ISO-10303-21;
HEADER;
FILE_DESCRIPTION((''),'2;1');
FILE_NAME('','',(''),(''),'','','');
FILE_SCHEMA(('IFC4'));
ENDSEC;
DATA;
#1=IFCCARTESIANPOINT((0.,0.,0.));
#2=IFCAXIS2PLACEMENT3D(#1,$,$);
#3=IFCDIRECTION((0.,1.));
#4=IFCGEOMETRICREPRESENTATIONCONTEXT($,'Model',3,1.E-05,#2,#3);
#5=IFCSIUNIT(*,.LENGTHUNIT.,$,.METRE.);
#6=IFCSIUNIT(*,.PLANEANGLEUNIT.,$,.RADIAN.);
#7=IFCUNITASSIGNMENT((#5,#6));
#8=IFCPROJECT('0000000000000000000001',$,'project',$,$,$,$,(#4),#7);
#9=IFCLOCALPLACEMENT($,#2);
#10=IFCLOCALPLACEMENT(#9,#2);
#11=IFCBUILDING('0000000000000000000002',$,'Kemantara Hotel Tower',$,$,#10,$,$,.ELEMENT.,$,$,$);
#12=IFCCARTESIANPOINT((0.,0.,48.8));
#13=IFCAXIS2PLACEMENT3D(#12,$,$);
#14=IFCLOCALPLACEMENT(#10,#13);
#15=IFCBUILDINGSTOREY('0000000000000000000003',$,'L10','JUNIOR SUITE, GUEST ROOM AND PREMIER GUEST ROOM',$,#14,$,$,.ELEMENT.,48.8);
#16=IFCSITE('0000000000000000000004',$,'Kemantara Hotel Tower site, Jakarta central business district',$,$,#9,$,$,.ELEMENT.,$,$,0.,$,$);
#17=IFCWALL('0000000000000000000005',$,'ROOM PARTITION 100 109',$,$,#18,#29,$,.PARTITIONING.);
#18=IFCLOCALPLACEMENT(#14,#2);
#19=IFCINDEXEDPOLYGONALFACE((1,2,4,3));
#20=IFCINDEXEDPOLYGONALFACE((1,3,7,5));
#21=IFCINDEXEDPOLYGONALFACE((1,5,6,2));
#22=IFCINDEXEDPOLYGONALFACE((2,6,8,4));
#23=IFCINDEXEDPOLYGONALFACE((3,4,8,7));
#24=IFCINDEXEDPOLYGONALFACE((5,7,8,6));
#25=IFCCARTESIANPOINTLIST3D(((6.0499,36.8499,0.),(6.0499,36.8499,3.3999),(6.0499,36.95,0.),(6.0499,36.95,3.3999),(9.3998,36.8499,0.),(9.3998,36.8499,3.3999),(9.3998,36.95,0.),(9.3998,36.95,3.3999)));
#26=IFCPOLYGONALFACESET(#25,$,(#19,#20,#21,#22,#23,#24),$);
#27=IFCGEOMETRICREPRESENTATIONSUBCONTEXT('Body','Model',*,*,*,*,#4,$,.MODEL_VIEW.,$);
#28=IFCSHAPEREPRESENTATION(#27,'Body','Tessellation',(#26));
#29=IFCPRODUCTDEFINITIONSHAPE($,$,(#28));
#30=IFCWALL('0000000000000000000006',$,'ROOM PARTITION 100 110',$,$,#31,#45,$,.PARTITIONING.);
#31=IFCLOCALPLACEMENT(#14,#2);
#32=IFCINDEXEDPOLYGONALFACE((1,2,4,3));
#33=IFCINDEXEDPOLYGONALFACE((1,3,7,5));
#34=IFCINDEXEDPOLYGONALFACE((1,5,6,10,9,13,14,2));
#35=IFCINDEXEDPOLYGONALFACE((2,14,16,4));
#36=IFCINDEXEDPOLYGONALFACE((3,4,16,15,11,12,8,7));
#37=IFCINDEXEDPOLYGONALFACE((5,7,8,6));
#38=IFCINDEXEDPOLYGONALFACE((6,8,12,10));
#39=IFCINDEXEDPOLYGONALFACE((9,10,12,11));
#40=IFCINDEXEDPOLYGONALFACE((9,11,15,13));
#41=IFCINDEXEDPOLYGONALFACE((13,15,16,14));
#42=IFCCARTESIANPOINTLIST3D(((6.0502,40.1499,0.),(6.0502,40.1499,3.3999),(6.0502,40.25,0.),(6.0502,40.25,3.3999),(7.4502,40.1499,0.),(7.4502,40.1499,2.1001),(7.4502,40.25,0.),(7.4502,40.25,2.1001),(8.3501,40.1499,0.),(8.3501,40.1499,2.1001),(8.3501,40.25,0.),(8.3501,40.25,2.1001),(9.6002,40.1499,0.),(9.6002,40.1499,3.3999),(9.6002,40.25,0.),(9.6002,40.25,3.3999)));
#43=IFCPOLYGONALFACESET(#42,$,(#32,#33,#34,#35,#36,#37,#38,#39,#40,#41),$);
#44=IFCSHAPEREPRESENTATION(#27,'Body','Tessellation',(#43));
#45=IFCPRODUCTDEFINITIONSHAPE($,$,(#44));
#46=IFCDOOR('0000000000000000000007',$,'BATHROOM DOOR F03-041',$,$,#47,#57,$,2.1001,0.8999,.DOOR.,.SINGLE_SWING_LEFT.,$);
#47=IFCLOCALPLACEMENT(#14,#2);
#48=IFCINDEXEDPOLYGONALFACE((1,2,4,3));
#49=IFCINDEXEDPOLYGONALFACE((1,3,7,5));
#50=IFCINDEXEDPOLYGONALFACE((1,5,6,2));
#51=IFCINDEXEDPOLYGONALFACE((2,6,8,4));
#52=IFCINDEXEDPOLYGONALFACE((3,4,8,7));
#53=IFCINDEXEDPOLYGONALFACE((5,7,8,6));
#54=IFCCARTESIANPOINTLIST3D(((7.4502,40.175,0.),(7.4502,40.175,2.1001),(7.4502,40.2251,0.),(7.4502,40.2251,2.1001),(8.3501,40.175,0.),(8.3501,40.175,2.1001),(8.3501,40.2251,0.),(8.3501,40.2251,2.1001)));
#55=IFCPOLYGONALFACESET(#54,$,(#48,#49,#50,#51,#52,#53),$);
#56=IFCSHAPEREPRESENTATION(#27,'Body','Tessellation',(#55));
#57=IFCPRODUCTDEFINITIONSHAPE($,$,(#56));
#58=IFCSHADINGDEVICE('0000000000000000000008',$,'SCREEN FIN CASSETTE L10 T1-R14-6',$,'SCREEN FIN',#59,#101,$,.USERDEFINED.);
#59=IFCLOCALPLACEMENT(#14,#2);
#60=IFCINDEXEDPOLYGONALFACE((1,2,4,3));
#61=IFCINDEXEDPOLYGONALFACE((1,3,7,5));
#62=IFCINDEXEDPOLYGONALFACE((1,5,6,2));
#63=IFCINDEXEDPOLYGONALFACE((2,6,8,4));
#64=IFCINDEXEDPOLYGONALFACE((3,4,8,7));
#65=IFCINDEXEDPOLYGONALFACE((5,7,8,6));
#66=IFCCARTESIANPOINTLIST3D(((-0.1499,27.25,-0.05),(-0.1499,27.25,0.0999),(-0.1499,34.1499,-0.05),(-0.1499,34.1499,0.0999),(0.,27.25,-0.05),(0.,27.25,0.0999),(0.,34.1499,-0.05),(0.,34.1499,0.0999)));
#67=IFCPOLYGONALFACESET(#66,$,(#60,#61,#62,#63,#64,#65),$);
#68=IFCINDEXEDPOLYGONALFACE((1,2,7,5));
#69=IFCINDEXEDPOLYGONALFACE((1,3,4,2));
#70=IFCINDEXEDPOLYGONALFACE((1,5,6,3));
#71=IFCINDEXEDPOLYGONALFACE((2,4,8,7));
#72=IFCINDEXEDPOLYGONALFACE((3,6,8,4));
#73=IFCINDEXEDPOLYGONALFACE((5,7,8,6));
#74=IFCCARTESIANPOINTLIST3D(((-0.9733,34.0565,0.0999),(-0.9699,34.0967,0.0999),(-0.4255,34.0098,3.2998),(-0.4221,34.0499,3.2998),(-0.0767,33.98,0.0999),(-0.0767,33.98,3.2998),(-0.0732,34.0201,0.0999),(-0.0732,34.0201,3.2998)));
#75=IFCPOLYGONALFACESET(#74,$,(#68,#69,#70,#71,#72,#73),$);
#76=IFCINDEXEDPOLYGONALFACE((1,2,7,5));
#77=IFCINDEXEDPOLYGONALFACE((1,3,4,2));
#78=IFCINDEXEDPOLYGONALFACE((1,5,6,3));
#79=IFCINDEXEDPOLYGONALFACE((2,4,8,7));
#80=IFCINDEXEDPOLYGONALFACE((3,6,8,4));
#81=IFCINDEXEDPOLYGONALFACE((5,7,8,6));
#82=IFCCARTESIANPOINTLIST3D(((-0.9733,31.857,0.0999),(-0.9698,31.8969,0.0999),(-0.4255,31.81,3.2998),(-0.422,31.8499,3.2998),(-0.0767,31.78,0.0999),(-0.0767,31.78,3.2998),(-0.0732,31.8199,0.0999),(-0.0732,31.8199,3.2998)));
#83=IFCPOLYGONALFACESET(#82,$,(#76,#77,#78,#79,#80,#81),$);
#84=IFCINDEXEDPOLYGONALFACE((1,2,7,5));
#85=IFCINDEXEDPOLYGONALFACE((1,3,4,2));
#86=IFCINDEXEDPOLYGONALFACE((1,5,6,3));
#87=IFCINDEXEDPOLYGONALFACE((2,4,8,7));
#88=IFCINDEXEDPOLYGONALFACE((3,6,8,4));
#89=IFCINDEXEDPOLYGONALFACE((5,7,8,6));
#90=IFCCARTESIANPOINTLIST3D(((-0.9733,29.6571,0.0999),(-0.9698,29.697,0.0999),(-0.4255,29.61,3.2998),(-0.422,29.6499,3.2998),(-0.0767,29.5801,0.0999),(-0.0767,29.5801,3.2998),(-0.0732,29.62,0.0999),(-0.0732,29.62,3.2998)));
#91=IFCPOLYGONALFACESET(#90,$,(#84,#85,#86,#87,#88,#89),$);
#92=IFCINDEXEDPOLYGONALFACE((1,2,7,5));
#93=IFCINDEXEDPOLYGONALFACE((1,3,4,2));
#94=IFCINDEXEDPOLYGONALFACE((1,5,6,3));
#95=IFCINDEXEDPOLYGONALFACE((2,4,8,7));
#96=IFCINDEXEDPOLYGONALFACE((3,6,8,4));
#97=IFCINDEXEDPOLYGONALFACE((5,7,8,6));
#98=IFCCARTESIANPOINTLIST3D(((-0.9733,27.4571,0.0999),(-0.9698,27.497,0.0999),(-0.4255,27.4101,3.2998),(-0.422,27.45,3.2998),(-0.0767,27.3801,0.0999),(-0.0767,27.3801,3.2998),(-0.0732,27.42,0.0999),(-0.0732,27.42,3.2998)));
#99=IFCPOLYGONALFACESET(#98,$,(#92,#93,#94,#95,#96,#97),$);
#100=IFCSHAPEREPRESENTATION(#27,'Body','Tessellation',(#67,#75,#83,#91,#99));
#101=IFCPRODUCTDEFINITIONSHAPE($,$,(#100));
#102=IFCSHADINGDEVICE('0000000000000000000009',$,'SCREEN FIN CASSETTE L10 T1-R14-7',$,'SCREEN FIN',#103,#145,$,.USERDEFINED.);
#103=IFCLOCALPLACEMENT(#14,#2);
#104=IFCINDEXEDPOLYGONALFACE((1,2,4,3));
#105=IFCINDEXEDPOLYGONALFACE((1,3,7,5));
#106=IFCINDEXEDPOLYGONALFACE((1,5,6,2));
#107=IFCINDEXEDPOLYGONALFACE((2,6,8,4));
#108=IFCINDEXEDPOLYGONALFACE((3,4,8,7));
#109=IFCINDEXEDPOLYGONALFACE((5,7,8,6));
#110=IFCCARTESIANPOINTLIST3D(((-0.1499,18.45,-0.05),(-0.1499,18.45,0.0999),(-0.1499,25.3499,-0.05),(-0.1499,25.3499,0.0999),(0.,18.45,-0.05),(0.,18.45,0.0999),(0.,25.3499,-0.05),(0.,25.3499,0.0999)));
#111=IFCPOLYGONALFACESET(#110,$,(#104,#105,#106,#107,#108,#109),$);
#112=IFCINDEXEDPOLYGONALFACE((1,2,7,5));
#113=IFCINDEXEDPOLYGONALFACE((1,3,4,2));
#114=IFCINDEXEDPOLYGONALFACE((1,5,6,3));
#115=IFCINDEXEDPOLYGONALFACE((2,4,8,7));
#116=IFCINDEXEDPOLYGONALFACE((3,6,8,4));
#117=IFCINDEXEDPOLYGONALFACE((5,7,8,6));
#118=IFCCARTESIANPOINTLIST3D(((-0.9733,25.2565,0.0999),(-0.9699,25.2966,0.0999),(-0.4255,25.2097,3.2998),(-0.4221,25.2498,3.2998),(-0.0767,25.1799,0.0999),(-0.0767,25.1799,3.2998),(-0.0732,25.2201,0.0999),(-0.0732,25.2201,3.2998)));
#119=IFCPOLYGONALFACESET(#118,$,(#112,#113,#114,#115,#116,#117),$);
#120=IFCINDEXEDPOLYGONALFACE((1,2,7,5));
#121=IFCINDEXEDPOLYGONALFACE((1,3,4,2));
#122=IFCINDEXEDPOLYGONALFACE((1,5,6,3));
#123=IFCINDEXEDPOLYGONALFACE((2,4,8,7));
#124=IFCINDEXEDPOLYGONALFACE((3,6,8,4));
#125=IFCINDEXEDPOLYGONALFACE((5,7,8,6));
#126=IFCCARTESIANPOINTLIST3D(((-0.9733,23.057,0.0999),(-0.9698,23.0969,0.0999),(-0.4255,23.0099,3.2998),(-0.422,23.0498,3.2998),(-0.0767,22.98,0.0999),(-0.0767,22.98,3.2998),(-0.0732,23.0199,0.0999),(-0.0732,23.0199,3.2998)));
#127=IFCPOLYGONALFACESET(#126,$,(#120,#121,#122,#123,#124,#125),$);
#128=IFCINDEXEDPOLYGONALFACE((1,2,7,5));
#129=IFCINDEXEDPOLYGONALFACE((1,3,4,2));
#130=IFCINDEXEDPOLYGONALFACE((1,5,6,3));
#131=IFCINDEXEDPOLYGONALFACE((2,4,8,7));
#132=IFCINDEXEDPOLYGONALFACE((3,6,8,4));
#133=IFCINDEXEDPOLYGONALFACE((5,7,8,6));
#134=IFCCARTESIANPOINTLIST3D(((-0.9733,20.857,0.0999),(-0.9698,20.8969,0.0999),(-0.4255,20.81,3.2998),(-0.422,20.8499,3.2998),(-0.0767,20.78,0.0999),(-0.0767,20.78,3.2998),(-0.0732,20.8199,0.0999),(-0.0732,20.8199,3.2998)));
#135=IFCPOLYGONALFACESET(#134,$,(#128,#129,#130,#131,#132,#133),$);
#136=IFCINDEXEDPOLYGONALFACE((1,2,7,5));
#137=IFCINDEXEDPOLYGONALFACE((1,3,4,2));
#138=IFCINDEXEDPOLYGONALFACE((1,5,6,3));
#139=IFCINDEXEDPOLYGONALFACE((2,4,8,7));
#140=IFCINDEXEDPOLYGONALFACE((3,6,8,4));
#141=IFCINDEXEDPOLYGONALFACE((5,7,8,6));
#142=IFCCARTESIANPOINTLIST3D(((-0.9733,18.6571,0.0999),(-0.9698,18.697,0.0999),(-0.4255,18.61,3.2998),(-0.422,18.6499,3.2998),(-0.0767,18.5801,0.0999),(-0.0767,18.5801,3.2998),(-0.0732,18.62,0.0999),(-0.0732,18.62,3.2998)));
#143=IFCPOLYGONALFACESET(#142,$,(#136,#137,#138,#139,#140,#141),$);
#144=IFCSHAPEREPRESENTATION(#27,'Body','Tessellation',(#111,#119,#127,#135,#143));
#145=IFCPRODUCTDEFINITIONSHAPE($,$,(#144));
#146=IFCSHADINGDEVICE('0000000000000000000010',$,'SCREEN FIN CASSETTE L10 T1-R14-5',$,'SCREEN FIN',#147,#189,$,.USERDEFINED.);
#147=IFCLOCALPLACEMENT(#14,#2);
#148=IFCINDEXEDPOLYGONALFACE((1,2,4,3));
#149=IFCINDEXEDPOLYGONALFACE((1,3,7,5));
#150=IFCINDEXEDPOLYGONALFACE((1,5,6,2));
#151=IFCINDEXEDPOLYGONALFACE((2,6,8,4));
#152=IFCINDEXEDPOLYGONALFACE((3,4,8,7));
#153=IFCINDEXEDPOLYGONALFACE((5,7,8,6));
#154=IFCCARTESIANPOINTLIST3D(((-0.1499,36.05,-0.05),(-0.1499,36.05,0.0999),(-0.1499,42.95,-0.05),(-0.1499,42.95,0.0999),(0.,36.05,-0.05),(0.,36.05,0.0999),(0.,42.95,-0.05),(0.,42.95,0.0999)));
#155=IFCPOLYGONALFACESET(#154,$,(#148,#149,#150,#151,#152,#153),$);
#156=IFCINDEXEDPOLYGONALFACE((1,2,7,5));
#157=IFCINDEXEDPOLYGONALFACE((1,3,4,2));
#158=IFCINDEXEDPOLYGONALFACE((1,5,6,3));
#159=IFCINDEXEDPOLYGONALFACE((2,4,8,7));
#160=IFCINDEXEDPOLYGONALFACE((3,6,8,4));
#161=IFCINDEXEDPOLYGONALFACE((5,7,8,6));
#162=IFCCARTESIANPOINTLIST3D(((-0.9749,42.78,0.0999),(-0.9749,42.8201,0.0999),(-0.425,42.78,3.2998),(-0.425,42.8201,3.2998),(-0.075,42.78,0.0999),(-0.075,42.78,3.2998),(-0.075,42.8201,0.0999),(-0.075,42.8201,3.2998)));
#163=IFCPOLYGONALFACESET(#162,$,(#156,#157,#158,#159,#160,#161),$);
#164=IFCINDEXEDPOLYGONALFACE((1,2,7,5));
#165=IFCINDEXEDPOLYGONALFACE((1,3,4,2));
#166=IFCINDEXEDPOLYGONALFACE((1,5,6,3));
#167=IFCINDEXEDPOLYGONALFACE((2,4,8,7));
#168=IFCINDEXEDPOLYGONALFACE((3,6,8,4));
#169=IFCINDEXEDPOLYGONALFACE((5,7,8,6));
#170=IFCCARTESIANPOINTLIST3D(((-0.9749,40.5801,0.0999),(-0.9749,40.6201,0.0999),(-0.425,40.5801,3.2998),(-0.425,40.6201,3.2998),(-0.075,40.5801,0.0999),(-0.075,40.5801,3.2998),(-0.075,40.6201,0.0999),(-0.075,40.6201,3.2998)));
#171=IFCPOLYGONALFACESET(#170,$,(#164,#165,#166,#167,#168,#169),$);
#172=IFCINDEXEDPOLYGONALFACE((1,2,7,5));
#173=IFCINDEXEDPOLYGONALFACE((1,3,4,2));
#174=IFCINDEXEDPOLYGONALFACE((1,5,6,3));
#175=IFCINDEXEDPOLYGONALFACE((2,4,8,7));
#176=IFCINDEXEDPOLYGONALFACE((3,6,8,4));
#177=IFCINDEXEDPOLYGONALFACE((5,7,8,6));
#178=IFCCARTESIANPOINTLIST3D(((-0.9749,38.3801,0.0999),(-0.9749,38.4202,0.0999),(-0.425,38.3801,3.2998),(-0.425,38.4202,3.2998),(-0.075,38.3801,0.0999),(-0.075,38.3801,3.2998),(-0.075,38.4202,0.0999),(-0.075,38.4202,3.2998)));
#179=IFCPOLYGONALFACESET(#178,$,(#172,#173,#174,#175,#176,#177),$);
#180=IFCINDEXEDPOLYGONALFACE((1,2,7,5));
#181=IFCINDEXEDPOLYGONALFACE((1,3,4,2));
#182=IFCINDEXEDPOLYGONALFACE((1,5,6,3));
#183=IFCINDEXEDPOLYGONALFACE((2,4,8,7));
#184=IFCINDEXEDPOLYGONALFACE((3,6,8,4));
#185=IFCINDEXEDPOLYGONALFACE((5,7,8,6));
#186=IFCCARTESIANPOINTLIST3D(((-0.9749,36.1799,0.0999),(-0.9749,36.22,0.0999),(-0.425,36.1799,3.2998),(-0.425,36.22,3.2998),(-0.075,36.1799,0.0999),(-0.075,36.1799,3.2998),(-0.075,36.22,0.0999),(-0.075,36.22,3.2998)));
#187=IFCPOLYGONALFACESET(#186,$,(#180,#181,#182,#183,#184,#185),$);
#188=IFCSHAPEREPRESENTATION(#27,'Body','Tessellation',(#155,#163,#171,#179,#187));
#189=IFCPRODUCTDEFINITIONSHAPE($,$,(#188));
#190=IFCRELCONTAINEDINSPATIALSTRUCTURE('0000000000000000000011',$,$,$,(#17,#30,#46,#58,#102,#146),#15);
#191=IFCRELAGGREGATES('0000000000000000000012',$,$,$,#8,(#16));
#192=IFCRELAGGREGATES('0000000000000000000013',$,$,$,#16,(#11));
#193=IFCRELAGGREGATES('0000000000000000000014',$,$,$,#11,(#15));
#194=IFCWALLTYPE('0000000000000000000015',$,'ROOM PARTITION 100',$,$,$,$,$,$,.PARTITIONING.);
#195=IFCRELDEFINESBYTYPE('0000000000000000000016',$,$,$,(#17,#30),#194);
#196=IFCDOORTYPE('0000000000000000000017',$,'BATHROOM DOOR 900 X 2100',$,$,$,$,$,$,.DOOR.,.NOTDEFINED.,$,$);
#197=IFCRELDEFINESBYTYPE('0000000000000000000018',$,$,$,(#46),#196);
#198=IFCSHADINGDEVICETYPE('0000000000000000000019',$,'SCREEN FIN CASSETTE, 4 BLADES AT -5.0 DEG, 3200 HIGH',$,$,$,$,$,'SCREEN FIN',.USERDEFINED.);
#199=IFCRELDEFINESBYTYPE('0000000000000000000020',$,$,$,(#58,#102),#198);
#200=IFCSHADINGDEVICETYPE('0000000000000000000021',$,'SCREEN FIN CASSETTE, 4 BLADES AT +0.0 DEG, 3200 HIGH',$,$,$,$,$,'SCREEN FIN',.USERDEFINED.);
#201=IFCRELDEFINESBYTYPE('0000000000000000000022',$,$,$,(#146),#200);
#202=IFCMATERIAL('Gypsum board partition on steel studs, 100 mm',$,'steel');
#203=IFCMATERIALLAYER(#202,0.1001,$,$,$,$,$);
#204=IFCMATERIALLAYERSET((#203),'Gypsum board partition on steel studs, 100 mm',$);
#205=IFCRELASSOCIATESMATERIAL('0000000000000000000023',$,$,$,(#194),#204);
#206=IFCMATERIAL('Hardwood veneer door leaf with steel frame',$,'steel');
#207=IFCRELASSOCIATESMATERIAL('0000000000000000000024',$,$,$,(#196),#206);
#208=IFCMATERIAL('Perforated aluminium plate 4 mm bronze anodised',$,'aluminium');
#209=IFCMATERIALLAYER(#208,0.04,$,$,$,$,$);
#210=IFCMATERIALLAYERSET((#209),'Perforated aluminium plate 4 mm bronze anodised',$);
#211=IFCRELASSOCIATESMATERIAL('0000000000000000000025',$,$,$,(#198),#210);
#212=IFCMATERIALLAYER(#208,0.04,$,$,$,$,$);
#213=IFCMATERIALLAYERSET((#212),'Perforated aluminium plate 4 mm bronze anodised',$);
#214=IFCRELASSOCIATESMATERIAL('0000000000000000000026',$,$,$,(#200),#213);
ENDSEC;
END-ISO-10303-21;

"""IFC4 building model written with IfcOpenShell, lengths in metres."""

from ifc_helpers import new_model, si_unit, direction, frame, frame_2d, origin, origin_2d, place, context, subcontext, project, spatial, polyline, rectangle, outline, extrude, source, transform, mapped, material, layer, layer_set, type_object, element, fill, save


model = new_model("IFC4")

# Units and contexts
model_context = context("Model", 3, precision=1e-05, world=origin(), true_north=direction((0.0, 1.0)))
body_context = subcontext(model_context, "Body", "Model", "MODEL_VIEW")
ifc_project = project(units=[si_unit("LENGTHUNIT", "METRE"), si_unit("PLANEANGLEUNIT", "RADIAN")], contexts=[model_context])

# Site, building, storey
site_placement = place(None, origin())
site = spatial("IfcSite", under=ifc_project, at=site_placement, Name="Kemantara Hotel Tower site, Jakarta central business district", CompositionType="ELEMENT", RefElevation=0.0)
building_placement = place(site_placement, origin())
building = spatial("IfcBuilding", under=site, at=building_placement, Name="Kemantara Hotel Tower", CompositionType="ELEMENT")
storey_placement = place(building_placement, frame((0.0, 0.0, 48.8)))
storey = spatial("IfcBuildingStorey", under=building, at=storey_placement, Name="L10", Description="JUNIOR SUITE, GUEST ROOM AND PREMIER GUEST ROOM", CompositionType="ELEMENT", Elevation=48.8)

# Shared definitions
ifc_material_1 = material(Name="Hardwood veneer door leaf with steel frame", Category="steel")

# Shared definitions
ifc_material_2 = material(Name="Gypsum board partition on steel studs, 100 mm", Category="steel")
ifc_layer_1 = layer(ifc_material_2, 0.1001)
ifc_layer_set_1 = layer_set([ifc_layer_1], Name="Gypsum board partition on steel studs, 100 mm")
wall_type_1 = type_object("IfcWallType", Name="ROOM PARTITION 100", PredefinedType="PARTITIONING", material=ifc_layer_set_1)

# Shared definitions
door_type_1 = type_object("IfcDoorType", Name="BATHROOM DOOR 900 X 2100", OperationType="NOTDEFINED", PredefinedType="DOOR", material=ifc_material_1)

# Wall
wall_1_placement = place(storey_placement, frame((6.05, 36.8999, 0.0), z_axis=(0.0, 0.0, 1.0), x_axis=(1.0, 0.0, 0.0)))
element("IfcWall", 1, at=wall_1_placement, inside=storey, type_object=wall_type_1, Name="ROOM PARTITION 100 109", PredefinedType="PARTITIONING", context=body_context, shape_type="SweptSolid", body=[
    extrude(rectangle(XDim=3.3499, YDim=0.1001, at=frame_2d((1.6748, 0.0))), origin(), (0.0, 0.0, 1.0), 3.3999),
])

# Wall, opening, door
wall_2_placement = place(storey_placement, frame((9.6001, 40.2, 0.0), z_axis=(0.0, 0.0, 1.0), x_axis=(-1.0, 0.0, 0.0)))
wall_2 = element("IfcWall", 2, at=wall_2_placement, inside=storey, type_object=wall_type_1, Name="ROOM PARTITION 100 110", PredefinedType="PARTITIONING", context=body_context, shape_type="SweptSolid", body=[
    extrude(rectangle(XDim=3.55, YDim=0.1001, at=frame_2d((1.7749, 0.0))), origin(), (0.0, 0.0, 1.0), 3.3999),
])
opening_1_placement = place(wall_2_placement, frame((1.25, 0.0, 0.0)))
opening_1 = element("IfcOpeningElement", 3, at=opening_1_placement, cuts=wall_2, PredefinedType="OPENING", context=body_context, shape_type="SweptSolid", body=[
    extrude(rectangle(XDim=0.8999, YDim=2.1001, at=frame_2d((0.45, 1.05))), frame((0.0, 0.0601, 0.0), z_axis=(0.0, -1.0, 0.0), x_axis=(1.0, 0.0, 0.0)), (0.0, 0.0, 1.0), 0.1201),
])
door_1_placement = place(opening_1_placement, origin())
door_1 = element("IfcDoor", 4, at=door_1_placement, inside=storey, type_object=door_type_1, Name="BATHROOM DOOR F03-041", OperationType="SINGLE_SWING_LEFT", OverallHeight=2.1001, OverallWidth=0.8999, PredefinedType="DOOR", context=body_context, shape_type="SweptSolid", body=[
    extrude(rectangle(XDim=0.8999, YDim=2.1001, at=frame_2d((0.45, 1.05))), frame((0.0, 0.0249, 0.0), z_axis=(0.0, -1.0, 0.0), x_axis=(1.0, 0.0, 0.0)), (0.0, 0.0, 1.0), 0.05),
])
fill(opening_1, door_1)

# Shading devices
ifc_material_3 = material(Name="Perforated aluminium plate 4 mm bronze anodised", Category="aluminium")
ifc_layer_2 = layer(ifc_material_3, 0.04)
ifc_layer_set_2 = layer_set([ifc_layer_2], Name="Perforated aluminium plate 4 mm bronze anodised")
shading_device_type_1 = type_object("IfcShadingDeviceType", Name="SCREEN FIN CASSETTE, 4 BLADES AT -5.0 DEG, 3200 HIGH", ElementType="SCREEN FIN", PredefinedType="USERDEFINED", material=ifc_layer_set_2)
shared_shape_1 = source(origin(), body_context, "Body", "SweptSolid", [
    extrude(rectangle(XDim=6.8999, YDim=0.1499, at=origin_2d()), frame((3.3, -0.075, -0.1499), z_axis=(0.0, 0.0, 1.0), x_axis=(1.0, 0.0, 0.0)), (0.0, 0.0, 1.0), 0.1499),
    extrude(outline(polyline([(0.0, 0.0), (0.8999, 0.0), (0.3501, 3.2), (0.0, 3.2), (0.0, 0.0)])), frame((0.02, -0.0767, 0.0), z_axis=(-0.996376, 0.085056, 0.0), x_axis=(-0.085056, -0.996376, 0.0)), (0.0, 0.0, 1.0), 0.0403),
    extrude(outline(polyline([(0.0, 0.0), (0.8999, 0.0), (0.3501, 3.2), (0.0, 3.2), (0.0, 0.0)])), frame((2.22, -0.0767, 0.0), z_axis=(-0.996332, 0.085575, 0.0), x_axis=(-0.085575, -0.996332, 0.0)), (0.0, 0.0, 1.0), 0.04),
    extrude(outline(polyline([(0.0, 0.0), (0.8999, 0.0), (0.3501, 3.2), (0.0, 3.2), (0.0, 0.0)])), frame((4.4199, -0.0767, 0.0), z_axis=(-0.996332, 0.085575, 0.0), x_axis=(-0.085575, -0.996332, 0.0)), (0.0, 0.0, 1.0), 0.04),
    extrude(outline(polyline([(0.0, 0.0), (0.8999, 0.0), (0.3501, 3.2), (0.0, 3.2), (0.0, 0.0)])), frame((6.6199, -0.0767, 0.0), z_axis=(-0.996332, 0.085575, 0.0), x_axis=(-0.085575, -0.996332, 0.0)), (0.0, 0.0, 1.0), 0.04),
])
for number, where, z_axis, x_axis, name in (
    (5, (0.0, 34.0, 0.0999), (0.0, 0.0, 1.0), (0.0, -1.0, 0.0), "SCREEN FIN CASSETTE L10 T1-R14-6"),
    (6, (0.0, 25.2, 0.0999), (0.0, 0.0, 1.0), (0.0, -1.0, 0.0), "SCREEN FIN CASSETTE L10 T1-R14-7"),
):
    element("IfcShadingDevice", number, at=place(storey_placement, frame(where, z_axis=z_axis, x_axis=x_axis)), inside=storey, type_object=shading_device_type_1, Name=name, ObjectType="SCREEN FIN", PredefinedType="USERDEFINED", context=body_context, shape_type="MappedRepresentation", body=[
        mapped(shared_shape_1, transform((0.0, 0.0, 0.0))),
    ])
ifc_layer_3 = layer(ifc_material_3, 0.04)
ifc_layer_set_3 = layer_set([ifc_layer_3], Name="Perforated aluminium plate 4 mm bronze anodised")
shading_device_type_2 = type_object("IfcShadingDeviceType", Name="SCREEN FIN CASSETTE, 4 BLADES AT +0.0 DEG, 3200 HIGH", ElementType="SCREEN FIN", PredefinedType="USERDEFINED", material=ifc_layer_set_3)
shared_shape_2 = source(origin(), body_context, "Body", "SweptSolid", [
    extrude(rectangle(XDim=6.8999, YDim=0.1499, at=origin_2d()), frame((3.3, -0.075, -0.1499), z_axis=(0.0, 0.0, 1.0), x_axis=(1.0, 0.0, 0.0)), (0.0, 0.0, 1.0), 0.1499),
    extrude(outline(polyline([(0.0, 0.0), (0.8999, 0.0), (0.3501, 3.2), (0.0, 3.2), (0.0, 0.0)])), frame((0.02, -0.075, 0.0), z_axis=(-1.0, 0.0, 0.0), x_axis=(0.0, -1.0, 0.0)), (0.0, 0.0, 1.0), 0.04),
    extrude(outline(polyline([(0.0, 0.0), (0.8999, 0.0), (0.3501, 3.2), (0.0, 3.2), (0.0, 0.0)])), frame((2.22, -0.075, 0.0), z_axis=(-1.0, 0.0, 0.0), x_axis=(0.0, -1.0, 0.0)), (0.0, 0.0, 1.0), 0.04),
    extrude(outline(polyline([(0.0, 0.0), (0.8999, 0.0), (0.3501, 3.2), (0.0, 3.2), (0.0, 0.0)])), frame((4.4199, -0.075, 0.0), z_axis=(-1.0, 0.0, 0.0), x_axis=(0.0, -1.0, 0.0)), (0.0, 0.0, 1.0), 0.04),
    extrude(outline(polyline([(0.0, 0.0), (0.8999, 0.0), (0.3501, 3.2), (0.0, 3.2), (0.0, 0.0)])), frame((6.6201, -0.075, 0.0), z_axis=(-1.0, 0.0, 0.0), x_axis=(0.0, -1.0, 0.0)), (0.0, 0.0, 1.0), 0.04),
])
shading_device_placement = place(storey_placement, frame((0.0, 42.8, 0.0999), z_axis=(0.0, 0.0, 1.0), x_axis=(0.0, -1.0, 0.0)))
element("IfcShadingDevice", 7, at=shading_device_placement, inside=storey, type_object=shading_device_type_2, Name="SCREEN FIN CASSETTE L10 T1-R14-5", ObjectType="SCREEN FIN", PredefinedType="USERDEFINED", context=body_context, shape_type="MappedRepresentation", body=[
    mapped(shared_shape_2, transform((0.0, 0.0, 0.0))),
])

save(model, "model.ifc")
